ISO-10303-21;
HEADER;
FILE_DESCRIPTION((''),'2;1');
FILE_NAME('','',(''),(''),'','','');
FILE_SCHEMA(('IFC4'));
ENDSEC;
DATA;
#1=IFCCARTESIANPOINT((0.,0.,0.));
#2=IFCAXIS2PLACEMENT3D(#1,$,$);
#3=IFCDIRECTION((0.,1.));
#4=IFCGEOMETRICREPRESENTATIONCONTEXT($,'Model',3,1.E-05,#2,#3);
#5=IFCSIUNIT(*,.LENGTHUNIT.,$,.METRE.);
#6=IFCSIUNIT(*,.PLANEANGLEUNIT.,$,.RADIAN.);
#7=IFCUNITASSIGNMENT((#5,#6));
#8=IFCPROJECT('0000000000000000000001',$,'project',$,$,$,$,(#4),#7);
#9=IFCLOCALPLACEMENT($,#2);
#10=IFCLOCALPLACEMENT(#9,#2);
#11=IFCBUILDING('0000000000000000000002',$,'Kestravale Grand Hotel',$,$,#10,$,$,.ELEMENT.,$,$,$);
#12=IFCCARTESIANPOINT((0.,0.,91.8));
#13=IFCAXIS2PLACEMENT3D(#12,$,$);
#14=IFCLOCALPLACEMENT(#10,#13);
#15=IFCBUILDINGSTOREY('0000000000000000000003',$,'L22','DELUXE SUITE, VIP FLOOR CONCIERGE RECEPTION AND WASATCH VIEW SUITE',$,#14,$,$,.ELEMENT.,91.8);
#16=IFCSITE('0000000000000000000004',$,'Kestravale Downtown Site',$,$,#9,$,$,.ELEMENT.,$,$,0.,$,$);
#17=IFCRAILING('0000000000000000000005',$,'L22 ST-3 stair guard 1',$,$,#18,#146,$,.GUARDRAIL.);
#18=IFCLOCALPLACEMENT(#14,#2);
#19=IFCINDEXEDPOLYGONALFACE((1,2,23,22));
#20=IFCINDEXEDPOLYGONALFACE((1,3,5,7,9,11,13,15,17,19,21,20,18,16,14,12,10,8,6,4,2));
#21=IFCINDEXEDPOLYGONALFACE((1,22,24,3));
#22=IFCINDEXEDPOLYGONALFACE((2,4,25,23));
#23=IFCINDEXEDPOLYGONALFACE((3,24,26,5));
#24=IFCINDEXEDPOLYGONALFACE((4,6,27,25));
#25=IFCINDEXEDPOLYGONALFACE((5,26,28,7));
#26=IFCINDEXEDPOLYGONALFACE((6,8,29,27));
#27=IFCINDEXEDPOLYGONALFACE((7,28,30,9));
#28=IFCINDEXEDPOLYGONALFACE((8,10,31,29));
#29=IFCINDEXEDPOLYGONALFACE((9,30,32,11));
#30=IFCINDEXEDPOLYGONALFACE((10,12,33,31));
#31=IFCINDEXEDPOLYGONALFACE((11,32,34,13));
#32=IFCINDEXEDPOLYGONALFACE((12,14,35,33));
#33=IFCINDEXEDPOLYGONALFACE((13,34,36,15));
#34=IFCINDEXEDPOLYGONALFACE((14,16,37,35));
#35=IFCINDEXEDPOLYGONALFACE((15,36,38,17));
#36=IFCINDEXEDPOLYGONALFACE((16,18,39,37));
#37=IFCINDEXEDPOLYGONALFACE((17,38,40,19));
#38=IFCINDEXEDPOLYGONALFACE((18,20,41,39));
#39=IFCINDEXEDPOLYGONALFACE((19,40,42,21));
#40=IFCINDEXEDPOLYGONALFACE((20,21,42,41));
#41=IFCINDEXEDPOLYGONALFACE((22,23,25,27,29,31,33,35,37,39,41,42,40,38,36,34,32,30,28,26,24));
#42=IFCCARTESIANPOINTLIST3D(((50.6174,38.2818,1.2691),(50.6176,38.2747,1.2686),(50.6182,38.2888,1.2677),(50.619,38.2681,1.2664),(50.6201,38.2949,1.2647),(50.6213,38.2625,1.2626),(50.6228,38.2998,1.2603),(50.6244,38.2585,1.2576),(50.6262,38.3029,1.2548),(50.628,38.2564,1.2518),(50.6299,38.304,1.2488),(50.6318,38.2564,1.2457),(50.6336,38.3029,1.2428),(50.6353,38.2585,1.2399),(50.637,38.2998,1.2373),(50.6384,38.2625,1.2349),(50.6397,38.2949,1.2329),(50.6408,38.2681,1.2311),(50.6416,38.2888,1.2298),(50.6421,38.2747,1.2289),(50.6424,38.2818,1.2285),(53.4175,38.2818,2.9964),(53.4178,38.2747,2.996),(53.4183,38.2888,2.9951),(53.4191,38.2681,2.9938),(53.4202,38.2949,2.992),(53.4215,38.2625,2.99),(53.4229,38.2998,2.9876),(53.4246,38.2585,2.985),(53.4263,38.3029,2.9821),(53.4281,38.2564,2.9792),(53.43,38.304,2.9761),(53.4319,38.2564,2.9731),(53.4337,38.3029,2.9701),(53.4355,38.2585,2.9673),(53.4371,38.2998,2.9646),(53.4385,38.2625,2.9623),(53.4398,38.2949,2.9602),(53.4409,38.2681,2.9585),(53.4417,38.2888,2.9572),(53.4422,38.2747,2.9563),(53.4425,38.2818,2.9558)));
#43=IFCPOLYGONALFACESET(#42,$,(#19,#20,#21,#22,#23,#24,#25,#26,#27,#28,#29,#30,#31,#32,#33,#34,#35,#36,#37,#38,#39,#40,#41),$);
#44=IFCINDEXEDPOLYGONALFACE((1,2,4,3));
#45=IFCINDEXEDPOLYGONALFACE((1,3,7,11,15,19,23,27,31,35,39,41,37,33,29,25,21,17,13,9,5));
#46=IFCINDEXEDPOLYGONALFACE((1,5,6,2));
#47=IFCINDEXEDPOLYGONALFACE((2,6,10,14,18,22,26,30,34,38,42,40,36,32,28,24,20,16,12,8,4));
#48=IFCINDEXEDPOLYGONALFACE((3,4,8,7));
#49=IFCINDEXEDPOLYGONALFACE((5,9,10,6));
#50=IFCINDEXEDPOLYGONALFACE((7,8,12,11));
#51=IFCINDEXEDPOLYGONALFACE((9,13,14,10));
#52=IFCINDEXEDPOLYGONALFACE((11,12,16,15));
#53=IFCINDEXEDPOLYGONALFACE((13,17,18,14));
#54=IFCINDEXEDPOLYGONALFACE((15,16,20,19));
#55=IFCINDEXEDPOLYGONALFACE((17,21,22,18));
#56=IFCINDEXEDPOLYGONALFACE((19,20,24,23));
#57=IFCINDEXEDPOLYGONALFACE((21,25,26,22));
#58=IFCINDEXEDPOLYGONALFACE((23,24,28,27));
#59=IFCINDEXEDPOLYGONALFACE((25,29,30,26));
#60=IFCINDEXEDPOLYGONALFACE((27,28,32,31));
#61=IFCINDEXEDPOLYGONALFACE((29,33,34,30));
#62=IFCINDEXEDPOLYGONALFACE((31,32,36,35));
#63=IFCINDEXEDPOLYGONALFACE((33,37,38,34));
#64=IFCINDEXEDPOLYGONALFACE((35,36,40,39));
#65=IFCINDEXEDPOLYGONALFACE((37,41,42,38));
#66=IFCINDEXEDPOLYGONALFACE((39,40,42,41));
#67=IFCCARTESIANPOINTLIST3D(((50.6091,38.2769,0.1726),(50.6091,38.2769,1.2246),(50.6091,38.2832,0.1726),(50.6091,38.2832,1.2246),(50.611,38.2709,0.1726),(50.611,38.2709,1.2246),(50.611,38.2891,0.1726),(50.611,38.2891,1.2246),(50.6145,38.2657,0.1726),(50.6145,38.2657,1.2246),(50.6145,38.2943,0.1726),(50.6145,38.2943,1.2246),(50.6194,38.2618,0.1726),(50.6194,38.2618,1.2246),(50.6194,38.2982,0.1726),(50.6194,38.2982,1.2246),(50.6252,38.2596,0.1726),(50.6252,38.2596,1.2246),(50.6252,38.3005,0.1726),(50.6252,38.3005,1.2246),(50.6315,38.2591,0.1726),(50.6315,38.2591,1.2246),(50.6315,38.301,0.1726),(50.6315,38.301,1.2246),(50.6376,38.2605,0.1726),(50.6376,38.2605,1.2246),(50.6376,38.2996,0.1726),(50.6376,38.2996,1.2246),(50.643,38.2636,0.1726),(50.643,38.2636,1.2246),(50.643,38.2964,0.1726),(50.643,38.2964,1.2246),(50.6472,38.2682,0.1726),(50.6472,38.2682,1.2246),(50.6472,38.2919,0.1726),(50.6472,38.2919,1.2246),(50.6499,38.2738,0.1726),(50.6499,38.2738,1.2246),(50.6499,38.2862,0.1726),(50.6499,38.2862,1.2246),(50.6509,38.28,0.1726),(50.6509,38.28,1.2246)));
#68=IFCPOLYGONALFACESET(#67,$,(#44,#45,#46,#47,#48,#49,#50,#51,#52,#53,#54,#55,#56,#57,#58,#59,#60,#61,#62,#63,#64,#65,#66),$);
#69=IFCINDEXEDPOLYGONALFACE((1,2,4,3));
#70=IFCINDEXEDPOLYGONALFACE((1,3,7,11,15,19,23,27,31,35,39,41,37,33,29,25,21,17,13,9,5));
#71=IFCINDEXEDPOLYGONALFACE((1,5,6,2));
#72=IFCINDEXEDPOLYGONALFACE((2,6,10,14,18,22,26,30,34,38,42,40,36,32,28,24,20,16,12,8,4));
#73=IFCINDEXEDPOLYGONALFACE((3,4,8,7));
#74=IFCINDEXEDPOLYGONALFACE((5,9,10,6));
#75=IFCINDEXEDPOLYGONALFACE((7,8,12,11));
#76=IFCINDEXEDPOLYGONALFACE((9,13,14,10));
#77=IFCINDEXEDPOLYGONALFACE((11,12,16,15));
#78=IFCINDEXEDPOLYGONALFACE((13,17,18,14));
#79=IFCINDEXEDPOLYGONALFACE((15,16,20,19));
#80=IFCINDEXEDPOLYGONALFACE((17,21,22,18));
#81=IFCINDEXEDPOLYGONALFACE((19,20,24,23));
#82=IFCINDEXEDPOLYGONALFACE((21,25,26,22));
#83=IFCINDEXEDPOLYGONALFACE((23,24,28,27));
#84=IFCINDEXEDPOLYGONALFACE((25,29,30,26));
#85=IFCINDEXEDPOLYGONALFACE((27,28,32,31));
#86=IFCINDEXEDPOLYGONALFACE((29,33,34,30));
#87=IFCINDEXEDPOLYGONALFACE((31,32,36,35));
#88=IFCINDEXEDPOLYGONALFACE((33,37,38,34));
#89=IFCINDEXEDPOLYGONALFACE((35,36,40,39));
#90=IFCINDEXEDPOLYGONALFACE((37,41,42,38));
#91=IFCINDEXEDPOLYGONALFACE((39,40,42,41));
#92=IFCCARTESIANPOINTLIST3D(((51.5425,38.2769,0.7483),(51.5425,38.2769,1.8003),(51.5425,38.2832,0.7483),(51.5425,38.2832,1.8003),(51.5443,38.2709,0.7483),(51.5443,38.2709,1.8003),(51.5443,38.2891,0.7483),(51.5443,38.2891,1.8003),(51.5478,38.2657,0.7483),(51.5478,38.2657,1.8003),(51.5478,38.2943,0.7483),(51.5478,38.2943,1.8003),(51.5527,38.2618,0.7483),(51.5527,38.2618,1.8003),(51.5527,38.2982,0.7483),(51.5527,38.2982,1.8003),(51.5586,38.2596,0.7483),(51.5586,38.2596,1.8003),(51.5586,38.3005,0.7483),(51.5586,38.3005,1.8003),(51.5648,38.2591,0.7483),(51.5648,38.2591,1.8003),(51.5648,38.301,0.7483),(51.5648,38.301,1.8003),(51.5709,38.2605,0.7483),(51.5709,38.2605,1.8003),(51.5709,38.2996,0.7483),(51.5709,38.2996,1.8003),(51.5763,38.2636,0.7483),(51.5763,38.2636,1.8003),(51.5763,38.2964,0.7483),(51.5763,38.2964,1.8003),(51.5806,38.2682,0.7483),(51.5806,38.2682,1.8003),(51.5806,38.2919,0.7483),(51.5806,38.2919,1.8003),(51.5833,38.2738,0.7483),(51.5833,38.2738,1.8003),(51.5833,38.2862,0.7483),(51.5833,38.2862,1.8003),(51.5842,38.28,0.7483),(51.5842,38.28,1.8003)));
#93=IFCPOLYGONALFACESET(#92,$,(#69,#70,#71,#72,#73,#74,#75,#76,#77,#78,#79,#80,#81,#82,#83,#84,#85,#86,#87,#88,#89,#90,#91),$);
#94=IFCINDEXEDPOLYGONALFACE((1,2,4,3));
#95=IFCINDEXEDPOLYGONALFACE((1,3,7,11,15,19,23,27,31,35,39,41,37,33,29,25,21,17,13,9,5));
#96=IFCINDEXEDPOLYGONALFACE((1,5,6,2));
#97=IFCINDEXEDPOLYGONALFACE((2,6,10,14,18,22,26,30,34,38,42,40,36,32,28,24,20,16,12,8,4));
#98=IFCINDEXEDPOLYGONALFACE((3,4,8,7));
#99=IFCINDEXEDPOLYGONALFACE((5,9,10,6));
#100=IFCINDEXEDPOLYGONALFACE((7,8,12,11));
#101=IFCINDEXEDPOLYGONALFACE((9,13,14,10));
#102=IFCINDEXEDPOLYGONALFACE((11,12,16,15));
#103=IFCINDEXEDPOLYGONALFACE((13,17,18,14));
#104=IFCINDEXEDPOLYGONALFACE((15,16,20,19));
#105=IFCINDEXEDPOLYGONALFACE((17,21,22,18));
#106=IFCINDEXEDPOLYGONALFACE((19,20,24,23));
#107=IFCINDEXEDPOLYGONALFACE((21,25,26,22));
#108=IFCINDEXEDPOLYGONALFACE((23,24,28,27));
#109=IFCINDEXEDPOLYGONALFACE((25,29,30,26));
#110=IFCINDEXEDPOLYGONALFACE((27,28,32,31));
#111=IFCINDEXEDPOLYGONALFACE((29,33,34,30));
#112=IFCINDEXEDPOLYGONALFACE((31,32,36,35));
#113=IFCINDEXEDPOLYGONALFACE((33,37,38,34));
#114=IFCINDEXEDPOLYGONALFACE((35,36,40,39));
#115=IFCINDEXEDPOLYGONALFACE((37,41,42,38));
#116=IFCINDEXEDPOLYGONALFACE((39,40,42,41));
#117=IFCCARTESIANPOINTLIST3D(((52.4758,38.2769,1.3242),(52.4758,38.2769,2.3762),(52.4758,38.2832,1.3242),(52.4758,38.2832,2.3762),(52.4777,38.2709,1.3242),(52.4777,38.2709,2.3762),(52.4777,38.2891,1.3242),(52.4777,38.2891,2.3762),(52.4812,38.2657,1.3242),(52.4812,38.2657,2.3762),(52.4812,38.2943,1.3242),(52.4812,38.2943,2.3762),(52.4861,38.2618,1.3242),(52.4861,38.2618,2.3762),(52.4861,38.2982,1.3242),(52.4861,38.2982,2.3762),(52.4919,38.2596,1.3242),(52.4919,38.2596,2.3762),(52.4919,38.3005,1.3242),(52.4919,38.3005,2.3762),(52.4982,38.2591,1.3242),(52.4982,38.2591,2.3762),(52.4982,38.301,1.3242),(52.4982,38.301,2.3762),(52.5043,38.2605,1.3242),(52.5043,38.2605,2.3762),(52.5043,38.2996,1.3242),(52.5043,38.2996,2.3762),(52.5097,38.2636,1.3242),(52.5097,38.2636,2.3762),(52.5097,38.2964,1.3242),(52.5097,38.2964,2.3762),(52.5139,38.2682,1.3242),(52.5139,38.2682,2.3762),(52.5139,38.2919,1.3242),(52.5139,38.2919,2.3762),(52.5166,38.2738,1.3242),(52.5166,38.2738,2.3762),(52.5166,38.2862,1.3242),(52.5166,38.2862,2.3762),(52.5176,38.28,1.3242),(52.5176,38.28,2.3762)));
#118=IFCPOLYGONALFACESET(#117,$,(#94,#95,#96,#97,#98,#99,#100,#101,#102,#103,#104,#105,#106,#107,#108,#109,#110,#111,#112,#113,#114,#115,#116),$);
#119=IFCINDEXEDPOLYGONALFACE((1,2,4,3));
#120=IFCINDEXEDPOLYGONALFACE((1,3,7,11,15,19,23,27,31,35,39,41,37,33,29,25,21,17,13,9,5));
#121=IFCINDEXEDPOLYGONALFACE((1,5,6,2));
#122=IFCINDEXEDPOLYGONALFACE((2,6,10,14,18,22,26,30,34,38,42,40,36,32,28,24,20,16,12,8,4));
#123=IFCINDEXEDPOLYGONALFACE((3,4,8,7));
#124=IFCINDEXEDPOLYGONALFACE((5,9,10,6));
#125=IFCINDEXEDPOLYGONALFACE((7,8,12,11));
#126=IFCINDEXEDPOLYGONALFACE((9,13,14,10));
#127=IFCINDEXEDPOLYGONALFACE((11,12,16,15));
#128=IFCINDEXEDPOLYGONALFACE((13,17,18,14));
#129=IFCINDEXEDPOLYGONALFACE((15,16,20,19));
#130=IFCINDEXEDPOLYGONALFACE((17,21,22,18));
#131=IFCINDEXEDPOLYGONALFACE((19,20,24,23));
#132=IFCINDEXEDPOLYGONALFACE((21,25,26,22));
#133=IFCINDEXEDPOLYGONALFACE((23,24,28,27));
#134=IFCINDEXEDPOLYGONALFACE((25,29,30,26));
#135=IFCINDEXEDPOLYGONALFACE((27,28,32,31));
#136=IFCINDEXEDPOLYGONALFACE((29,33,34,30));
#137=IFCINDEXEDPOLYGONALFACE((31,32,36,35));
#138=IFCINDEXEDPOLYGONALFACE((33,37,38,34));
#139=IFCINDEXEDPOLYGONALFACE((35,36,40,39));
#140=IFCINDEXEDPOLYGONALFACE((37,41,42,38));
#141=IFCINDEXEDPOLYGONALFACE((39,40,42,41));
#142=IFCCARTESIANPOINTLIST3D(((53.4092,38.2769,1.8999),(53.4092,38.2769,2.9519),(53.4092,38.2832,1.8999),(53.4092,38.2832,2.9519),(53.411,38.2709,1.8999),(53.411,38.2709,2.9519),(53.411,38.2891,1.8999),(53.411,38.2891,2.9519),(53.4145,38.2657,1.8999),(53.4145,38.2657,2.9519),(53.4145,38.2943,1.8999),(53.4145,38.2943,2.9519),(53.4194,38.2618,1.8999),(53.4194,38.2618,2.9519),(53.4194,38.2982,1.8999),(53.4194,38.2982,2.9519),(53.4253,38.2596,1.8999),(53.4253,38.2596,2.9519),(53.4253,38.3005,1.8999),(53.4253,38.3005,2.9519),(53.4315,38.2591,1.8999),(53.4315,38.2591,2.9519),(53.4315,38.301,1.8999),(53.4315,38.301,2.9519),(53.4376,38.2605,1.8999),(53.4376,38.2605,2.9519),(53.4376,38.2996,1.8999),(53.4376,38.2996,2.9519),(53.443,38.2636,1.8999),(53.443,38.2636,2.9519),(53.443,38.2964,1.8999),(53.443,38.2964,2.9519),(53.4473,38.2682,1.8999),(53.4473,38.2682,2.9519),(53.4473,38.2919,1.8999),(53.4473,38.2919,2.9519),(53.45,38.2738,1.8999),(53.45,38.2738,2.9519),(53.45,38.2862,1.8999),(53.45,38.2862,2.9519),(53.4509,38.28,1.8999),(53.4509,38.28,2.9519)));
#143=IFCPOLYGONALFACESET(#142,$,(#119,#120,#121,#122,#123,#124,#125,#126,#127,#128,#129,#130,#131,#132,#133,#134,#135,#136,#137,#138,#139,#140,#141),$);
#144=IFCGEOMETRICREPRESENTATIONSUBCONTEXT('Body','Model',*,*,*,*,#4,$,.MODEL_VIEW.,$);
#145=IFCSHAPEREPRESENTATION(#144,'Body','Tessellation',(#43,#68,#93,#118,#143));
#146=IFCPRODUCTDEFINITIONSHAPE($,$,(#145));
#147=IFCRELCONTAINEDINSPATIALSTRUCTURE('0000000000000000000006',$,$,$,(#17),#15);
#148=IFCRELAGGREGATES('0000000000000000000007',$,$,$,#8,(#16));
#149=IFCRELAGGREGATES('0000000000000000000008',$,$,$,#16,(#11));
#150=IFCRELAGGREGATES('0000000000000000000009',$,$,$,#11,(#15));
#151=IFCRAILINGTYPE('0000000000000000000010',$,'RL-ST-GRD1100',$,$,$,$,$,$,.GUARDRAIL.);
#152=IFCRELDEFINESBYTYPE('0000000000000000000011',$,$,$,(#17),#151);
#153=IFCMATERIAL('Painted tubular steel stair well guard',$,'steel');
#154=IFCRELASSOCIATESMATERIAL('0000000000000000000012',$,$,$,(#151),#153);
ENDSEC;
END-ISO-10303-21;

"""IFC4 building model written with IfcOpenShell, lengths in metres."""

from ifc_helpers import new_model, si_unit, direction, frame, origin, origin_2d, place, context, subcontext, project, spatial, circle, extrude, material, type_object, element, save


model = new_model("IFC4")

# Units and contexts
model_context = context("Model", 3, precision=1e-05, world=origin(), true_north=direction((0.0, 1.0)))
body_context = subcontext(model_context, "Body", "Model", "MODEL_VIEW")
ifc_project = project(units=[si_unit("LENGTHUNIT", "METRE"), si_unit("PLANEANGLEUNIT", "RADIAN")], contexts=[model_context])

# Site, building, storey
site_placement = place(None, origin())
site = spatial("IfcSite", under=ifc_project, at=site_placement, Name="Kestravale Downtown Site", CompositionType="ELEMENT", RefElevation=0.0)
building_placement = place(site_placement, origin())
building = spatial("IfcBuilding", under=site, at=building_placement, Name="Kestravale Grand Hotel", CompositionType="ELEMENT")
storey_placement = place(building_placement, frame((0.0, 0.0, 91.8)))
storey = spatial("IfcBuildingStorey", under=building, at=storey_placement, Name="L22", Description="DELUXE SUITE, VIP FLOOR CONCIERGE RECEPTION AND WASATCH VIEW SUITE", CompositionType="ELEMENT", Elevation=91.8)

# Railing
ifc_material_1 = material(Name="Painted tubular steel stair well guard", Category="steel")
railing_type_1 = type_object("IfcRailingType", Name="RL-ST-GRD1100", PredefinedType="GUARDRAIL", material=ifc_material_1)
railing_1_placement = place(storey_placement, frame((50.6299, 38.28, 0.1726)))
element("IfcRailing", 1, at=railing_1_placement, inside=storey, type_object=railing_type_1, Name="L22 ST-3 stair guard 1", PredefinedType="GUARDRAIL", context=body_context, shape_type="SweptSolid", body=[
    extrude(circle(Radius=0.0239, at=origin_2d()), frame((0.0, 0.0, 1.0762), z_axis=(0.85109, 0.0, 0.52502), x_axis=(0.0, 1.0, 0.0)), (0.0, 0.0, 1.0), 3.29),
    extrude(circle(Radius=0.021, at=origin_2d()), origin(), (0.0, 0.0, 1.0), 1.052),
    extrude(circle(Radius=0.021, at=origin_2d()), frame((0.9333, 0.0, 0.5757)), (0.0, 0.0, 1.0), 1.052),
    extrude(circle(Radius=0.021, at=origin_2d()), frame((1.8667, 0.0, 1.1516)), (0.0, 0.0, 1.0), 1.052),
    extrude(circle(Radius=0.021, at=origin_2d()), frame((2.8, 0.0, 1.7273)), (0.0, 0.0, 1.0), 1.052),
])

save(model, "model.ifc")
